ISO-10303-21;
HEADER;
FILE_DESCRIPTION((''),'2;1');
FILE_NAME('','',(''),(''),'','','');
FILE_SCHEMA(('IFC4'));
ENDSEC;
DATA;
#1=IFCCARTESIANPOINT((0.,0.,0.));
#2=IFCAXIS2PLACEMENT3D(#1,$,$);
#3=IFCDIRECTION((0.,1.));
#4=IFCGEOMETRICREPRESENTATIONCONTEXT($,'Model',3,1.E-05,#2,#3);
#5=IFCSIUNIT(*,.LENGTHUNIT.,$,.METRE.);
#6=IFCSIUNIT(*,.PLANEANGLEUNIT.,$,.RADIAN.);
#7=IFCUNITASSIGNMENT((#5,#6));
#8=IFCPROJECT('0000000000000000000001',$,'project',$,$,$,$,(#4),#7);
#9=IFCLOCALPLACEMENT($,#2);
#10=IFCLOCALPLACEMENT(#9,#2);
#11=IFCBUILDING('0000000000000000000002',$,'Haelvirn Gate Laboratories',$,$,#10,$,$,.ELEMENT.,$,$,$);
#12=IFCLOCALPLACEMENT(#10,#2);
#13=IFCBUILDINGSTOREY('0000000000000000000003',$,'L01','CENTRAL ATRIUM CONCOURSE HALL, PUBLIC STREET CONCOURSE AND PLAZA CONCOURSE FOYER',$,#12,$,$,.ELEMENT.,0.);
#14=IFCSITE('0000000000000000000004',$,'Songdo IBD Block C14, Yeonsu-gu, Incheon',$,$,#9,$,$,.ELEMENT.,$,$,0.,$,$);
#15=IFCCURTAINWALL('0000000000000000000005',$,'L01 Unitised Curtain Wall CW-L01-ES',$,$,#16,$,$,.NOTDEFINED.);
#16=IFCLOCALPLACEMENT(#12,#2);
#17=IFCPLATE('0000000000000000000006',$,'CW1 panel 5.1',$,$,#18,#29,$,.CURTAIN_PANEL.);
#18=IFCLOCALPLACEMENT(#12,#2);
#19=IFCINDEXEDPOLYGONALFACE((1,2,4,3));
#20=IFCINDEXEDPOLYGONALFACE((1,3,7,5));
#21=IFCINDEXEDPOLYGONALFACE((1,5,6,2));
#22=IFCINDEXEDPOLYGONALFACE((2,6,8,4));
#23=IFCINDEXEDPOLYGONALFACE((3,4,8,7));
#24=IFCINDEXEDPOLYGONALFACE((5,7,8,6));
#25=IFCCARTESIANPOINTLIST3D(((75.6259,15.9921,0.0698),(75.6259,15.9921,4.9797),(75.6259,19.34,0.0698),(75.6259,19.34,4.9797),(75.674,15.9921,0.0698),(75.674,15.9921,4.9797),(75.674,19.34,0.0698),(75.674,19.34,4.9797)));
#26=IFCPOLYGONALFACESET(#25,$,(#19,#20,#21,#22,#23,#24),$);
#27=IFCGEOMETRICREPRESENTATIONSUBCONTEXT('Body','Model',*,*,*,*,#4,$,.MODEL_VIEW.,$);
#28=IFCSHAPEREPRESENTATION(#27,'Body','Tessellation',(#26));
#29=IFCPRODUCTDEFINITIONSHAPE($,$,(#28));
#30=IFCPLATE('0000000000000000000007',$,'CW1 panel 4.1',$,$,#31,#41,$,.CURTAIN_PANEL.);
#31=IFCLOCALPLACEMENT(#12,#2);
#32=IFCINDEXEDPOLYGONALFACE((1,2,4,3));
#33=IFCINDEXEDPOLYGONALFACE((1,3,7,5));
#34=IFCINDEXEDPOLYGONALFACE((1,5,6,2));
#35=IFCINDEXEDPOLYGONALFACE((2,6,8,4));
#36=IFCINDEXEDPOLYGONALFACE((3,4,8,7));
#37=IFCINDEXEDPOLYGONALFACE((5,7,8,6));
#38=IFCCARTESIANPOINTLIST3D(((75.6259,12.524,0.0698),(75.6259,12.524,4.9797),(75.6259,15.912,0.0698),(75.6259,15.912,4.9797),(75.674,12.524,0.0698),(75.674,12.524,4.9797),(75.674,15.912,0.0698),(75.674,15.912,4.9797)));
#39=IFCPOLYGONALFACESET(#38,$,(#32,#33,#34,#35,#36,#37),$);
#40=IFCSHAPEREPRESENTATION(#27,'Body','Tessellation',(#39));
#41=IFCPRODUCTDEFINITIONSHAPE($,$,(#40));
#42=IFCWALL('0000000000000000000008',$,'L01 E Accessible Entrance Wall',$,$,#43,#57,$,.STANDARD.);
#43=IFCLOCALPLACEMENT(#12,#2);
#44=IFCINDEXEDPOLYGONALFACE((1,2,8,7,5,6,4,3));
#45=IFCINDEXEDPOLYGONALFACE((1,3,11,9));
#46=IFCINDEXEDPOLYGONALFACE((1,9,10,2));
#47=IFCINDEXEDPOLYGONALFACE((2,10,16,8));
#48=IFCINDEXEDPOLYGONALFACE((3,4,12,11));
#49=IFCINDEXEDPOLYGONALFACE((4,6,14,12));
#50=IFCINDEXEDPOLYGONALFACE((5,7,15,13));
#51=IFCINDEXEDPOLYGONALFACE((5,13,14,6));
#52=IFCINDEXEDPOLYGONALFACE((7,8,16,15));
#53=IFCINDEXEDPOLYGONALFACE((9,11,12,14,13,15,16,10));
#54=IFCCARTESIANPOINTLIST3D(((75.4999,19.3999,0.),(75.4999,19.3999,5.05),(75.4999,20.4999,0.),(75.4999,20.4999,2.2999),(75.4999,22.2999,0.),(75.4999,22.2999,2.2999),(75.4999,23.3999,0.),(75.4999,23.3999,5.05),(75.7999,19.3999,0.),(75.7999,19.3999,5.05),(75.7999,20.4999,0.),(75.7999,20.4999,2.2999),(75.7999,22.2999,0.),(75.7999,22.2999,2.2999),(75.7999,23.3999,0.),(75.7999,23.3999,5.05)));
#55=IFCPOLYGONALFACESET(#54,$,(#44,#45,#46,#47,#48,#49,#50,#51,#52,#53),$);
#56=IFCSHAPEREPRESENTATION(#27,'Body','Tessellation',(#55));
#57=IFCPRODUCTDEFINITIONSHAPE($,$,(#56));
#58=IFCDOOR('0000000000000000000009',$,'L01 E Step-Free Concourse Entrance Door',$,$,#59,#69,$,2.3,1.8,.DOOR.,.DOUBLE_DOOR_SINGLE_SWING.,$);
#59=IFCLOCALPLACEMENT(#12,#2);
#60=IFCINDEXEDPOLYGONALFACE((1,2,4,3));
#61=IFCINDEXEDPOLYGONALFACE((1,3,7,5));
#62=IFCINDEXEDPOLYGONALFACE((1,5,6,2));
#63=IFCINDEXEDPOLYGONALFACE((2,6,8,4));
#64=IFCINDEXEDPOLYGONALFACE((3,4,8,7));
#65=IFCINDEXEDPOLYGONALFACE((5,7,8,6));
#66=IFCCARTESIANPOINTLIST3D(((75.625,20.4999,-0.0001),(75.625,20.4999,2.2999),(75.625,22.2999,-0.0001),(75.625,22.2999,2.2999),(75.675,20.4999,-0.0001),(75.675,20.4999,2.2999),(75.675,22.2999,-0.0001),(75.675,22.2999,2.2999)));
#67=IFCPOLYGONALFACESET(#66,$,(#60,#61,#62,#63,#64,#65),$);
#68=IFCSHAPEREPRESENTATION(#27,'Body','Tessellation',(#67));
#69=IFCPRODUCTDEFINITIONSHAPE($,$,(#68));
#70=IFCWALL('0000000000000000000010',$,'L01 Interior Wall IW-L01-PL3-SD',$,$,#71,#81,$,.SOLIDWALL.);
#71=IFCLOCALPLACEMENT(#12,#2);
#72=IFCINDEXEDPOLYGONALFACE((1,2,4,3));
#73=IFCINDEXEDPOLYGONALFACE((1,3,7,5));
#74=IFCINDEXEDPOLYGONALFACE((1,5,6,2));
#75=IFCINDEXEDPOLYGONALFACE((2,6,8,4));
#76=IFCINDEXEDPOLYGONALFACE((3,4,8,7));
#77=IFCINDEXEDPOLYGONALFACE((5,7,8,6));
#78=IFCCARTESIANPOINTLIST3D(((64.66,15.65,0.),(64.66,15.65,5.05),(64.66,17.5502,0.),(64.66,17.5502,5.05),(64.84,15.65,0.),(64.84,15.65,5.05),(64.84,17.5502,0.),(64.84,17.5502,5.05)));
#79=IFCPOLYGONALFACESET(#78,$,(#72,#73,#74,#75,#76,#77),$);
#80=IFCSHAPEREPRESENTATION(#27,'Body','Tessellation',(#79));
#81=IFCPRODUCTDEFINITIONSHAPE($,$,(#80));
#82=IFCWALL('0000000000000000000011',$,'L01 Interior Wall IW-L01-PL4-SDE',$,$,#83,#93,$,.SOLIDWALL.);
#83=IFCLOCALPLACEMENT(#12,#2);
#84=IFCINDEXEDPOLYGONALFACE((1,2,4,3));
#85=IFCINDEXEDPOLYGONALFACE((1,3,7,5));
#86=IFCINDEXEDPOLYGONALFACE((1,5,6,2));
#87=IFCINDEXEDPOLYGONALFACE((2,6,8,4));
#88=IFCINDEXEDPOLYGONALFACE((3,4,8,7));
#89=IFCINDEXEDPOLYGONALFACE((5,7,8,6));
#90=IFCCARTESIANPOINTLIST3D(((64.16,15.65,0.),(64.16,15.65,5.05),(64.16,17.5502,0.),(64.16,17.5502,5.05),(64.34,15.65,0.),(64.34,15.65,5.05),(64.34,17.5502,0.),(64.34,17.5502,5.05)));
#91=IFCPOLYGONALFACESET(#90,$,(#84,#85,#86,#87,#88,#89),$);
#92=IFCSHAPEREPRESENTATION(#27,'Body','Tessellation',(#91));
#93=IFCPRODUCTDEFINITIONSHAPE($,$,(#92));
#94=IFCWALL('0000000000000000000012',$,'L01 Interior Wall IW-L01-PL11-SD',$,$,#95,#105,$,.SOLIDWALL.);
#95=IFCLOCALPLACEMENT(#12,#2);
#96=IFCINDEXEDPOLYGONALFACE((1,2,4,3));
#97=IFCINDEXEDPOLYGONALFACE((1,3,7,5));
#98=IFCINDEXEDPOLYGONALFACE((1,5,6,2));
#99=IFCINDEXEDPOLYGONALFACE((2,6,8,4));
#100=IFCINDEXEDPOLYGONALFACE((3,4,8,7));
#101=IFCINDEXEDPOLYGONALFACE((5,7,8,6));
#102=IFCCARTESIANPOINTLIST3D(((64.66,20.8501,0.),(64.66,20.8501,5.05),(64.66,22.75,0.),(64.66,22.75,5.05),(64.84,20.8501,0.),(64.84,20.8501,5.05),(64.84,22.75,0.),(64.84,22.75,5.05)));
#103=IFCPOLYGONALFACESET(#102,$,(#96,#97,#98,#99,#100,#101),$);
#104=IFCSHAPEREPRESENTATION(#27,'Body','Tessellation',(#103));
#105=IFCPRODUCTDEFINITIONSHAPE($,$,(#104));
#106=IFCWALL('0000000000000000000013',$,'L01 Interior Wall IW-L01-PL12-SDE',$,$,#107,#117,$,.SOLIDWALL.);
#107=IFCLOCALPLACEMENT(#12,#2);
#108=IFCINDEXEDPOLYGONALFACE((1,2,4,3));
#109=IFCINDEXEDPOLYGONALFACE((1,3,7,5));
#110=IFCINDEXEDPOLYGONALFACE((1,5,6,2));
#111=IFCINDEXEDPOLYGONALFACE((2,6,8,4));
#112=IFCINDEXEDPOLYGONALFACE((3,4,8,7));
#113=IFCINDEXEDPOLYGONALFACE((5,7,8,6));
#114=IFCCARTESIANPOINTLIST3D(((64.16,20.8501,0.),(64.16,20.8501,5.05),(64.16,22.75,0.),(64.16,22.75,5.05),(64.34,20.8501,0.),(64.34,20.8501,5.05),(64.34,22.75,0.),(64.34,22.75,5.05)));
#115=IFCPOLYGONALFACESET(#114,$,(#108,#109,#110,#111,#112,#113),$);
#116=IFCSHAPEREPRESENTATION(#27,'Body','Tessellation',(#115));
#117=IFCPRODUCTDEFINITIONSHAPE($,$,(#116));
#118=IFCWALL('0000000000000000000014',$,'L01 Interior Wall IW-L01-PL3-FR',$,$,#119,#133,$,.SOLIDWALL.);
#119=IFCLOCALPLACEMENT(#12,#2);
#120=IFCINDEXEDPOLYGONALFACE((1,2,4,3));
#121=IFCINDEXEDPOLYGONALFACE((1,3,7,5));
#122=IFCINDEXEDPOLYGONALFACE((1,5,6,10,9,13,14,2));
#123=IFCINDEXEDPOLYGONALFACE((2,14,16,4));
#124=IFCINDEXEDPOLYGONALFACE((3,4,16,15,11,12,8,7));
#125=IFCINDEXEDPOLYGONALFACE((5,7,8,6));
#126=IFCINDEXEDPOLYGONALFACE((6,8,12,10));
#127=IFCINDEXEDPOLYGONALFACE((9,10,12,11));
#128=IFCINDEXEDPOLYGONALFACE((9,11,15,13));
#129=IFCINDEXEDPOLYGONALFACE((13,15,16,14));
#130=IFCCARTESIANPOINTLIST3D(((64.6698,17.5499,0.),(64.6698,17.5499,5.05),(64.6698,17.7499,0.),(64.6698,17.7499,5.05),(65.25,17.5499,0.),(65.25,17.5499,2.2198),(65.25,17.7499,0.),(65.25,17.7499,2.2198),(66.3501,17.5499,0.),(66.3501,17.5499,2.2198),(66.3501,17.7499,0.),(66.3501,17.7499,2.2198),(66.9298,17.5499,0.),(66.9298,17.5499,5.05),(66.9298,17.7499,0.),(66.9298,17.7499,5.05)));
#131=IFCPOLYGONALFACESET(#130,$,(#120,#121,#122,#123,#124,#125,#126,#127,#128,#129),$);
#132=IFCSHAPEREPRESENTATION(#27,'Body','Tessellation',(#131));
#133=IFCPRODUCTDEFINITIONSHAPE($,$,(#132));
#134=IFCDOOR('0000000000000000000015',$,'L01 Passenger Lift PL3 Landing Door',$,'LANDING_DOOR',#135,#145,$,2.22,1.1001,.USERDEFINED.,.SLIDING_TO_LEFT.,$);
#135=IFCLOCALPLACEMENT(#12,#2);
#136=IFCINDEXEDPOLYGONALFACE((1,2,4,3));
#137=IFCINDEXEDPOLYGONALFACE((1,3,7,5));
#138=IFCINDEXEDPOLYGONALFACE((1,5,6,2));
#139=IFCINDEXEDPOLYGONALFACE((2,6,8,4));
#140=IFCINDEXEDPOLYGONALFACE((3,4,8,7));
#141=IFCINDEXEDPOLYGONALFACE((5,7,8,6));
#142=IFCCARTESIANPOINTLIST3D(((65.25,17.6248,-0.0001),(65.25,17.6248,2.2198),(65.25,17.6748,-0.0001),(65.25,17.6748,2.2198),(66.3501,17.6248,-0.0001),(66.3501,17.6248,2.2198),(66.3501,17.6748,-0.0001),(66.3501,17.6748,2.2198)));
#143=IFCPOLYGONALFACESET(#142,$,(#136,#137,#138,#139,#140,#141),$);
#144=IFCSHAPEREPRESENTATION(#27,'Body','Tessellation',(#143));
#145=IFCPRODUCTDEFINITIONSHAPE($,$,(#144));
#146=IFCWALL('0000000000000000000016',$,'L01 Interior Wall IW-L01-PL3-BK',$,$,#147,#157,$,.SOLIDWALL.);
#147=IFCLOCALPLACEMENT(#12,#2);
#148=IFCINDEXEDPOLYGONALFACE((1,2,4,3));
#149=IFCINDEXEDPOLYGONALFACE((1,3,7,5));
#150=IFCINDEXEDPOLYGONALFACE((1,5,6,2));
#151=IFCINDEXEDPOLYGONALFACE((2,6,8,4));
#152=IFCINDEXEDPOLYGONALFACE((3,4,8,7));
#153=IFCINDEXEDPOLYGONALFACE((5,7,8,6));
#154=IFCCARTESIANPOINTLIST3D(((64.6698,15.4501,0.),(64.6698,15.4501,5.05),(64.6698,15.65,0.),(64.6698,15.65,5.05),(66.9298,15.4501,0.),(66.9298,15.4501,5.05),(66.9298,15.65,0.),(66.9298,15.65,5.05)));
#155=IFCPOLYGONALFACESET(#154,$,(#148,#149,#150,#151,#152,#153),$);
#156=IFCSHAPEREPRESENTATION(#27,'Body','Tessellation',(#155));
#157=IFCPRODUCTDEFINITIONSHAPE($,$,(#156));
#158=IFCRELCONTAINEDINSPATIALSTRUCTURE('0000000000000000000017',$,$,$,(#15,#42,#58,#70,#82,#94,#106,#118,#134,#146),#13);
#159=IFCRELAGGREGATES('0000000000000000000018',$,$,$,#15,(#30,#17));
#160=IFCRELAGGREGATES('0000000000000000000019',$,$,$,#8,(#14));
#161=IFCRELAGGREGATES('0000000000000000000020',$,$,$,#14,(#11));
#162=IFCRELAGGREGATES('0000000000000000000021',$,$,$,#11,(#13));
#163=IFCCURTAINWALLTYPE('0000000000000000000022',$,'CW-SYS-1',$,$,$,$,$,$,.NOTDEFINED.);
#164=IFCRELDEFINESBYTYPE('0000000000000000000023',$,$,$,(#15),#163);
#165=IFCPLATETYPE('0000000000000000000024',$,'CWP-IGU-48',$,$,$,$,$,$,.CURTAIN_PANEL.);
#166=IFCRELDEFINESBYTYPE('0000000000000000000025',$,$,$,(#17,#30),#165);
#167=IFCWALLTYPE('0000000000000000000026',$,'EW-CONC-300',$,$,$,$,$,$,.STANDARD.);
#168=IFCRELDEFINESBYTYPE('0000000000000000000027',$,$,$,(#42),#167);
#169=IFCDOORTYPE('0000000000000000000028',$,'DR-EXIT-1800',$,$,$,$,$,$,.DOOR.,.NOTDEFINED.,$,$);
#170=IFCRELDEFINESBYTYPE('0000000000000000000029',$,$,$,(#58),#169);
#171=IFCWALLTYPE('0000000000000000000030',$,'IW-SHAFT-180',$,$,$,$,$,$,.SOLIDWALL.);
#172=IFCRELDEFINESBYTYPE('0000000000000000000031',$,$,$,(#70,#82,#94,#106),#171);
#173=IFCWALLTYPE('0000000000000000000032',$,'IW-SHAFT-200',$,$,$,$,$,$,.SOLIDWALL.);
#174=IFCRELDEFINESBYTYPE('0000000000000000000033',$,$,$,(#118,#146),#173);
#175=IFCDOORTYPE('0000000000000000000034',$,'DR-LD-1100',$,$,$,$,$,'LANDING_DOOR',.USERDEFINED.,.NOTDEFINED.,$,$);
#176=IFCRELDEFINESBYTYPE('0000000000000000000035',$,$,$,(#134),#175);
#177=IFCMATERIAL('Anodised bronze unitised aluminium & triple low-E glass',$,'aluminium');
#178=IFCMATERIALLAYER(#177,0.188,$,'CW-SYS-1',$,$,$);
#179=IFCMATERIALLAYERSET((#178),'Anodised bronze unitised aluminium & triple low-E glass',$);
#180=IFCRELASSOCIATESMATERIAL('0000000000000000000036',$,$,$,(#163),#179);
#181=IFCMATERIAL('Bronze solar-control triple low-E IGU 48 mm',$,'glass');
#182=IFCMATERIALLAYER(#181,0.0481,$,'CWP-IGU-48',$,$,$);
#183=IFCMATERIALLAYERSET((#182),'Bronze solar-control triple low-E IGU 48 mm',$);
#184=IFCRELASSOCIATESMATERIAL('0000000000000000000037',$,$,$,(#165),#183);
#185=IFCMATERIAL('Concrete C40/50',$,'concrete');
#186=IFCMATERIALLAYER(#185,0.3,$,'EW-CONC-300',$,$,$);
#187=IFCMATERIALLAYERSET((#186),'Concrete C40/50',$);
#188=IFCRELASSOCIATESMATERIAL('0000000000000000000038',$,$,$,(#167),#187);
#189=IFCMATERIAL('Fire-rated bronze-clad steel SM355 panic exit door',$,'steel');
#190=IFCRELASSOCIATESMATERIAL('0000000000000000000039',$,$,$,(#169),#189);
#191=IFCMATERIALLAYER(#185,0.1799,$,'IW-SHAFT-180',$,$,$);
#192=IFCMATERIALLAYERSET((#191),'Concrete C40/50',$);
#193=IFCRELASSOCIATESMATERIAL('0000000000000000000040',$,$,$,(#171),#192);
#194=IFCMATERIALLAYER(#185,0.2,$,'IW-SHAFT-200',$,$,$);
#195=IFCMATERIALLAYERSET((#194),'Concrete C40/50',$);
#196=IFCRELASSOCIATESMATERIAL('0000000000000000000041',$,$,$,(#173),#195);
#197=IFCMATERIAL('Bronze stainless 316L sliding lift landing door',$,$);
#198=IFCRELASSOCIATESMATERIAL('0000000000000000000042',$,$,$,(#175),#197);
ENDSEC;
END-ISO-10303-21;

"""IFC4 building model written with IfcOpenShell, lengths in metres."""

from ifc_helpers import new_model, si_unit, direction, frame, frame_2d, origin, origin_2d, place, context, subcontext, project, spatial, rectangle, extrude, source, transform, mapped, material, layer, layer_set, type_object, type_shapes, element, fill, aggregate, save


model = new_model("IFC4")

# Units and contexts
model_context = context("Model", 3, precision=1e-05, world=origin(), true_north=direction((0.0, 1.0)))
body_context = subcontext(model_context, "Body", "Model", "MODEL_VIEW")
ifc_project = project(units=[si_unit("LENGTHUNIT", "METRE"), si_unit("PLANEANGLEUNIT", "RADIAN")], contexts=[model_context])

# Site, building, storey
site_placement = place(None, origin())
site = spatial("IfcSite", under=ifc_project, at=site_placement, Name="Songdo IBD Block C14, Yeonsu-gu, Incheon", CompositionType="ELEMENT", RefElevation=0.0)
building_placement = place(site_placement, origin())
building = spatial("IfcBuilding", under=site, at=building_placement, Name="Haelvirn Gate Laboratories", CompositionType="ELEMENT")
storey_placement = place(building_placement, origin())
storey = spatial("IfcBuildingStorey", under=building, at=storey_placement, Name="L01", Description="CENTRAL ATRIUM CONCOURSE HALL, PUBLIC STREET CONCOURSE AND PLAZA CONCOURSE FOYER", CompositionType="ELEMENT", Elevation=0.0)

# Curtain wall, plates
ifc_material_1 = material(Name="Anodised bronze unitised aluminium & triple low-E glass", Category="aluminium")
ifc_layer_1 = layer(ifc_material_1, 0.188, Name="CW-SYS-1")
ifc_layer_set_1 = layer_set([ifc_layer_1], Name="Anodised bronze unitised aluminium & triple low-E glass")
curtain_wall_type = type_object("IfcCurtainWallType", Name="CW-SYS-1", PredefinedType="NOTDEFINED", material=ifc_layer_set_1)
curtain_wall_placement = place(storey_placement, origin())
curtain_wall = element("IfcCurtainWall", 1, at=curtain_wall_placement, inside=storey, type_object=curtain_wall_type, Name="L01 Unitised Curtain Wall CW-L01-ES", PredefinedType="NOTDEFINED")
ifc_material_2 = material(Name="Bronze solar-control triple low-E IGU 48 mm", Category="glass")
ifc_layer_2 = layer(ifc_material_2, 0.0481, Name="CWP-IGU-48")
ifc_layer_set_2 = layer_set([ifc_layer_2], Name="Bronze solar-control triple low-E IGU 48 mm")
plate_type = type_object("IfcPlateType", Name="CWP-IGU-48", PredefinedType="CURTAIN_PANEL", material=ifc_layer_set_2)
shared_shape_1 = source(origin(), body_context, "Body", "SweptSolid", [
    extrude(rectangle(XDim=3.3479, YDim=0.0481, at=origin_2d()), origin(), (0.0, 0.0, 1.0), 4.9099),
])
plate_1_placement = place(storey_placement, frame((75.6499, 17.666, 0.0698), z_axis=(0.0, 0.0, 1.0), x_axis=(0.0, 1.0, 0.0)))
plate_1 = element("IfcPlate", 2, at=plate_1_placement, type_object=plate_type, Name="CW1 panel 5.1", PredefinedType="CURTAIN_PANEL", context=body_context, shape_type="MappedRepresentation", body=[
    mapped(shared_shape_1, transform((0.0, 0.0, 0.0), scale=1.0)),
])
shared_shape_2 = source(origin(), body_context, "Body", "SweptSolid", [
    extrude(rectangle(XDim=3.3879, YDim=0.0481, at=origin_2d()), origin(), (0.0, 0.0, 1.0), 4.9099),
])
type_shapes(plate_type, [shared_shape_1, shared_shape_2])
plate_2_placement = place(storey_placement, frame((75.6499, 14.218, 0.0698), z_axis=(0.0, 0.0, 1.0), x_axis=(0.0, 1.0, 0.0)))
plate_2 = element("IfcPlate", 3, at=plate_2_placement, type_object=plate_type, Name="CW1 panel 4.1", PredefinedType="CURTAIN_PANEL", context=body_context, shape_type="MappedRepresentation", body=[
    mapped(shared_shape_2, transform((0.0, 0.0, 0.0), scale=1.0)),
])
aggregate(curtain_wall, [plate_2, plate_1])

# Wall, opening, door
ifc_material_3 = material(Name="Concrete C40/50", Category="concrete")
ifc_layer_3 = layer(ifc_material_3, 0.3, Name="EW-CONC-300")
ifc_layer_set_3 = layer_set([ifc_layer_3], Name="Concrete C40/50")
wall_type_1 = type_object("IfcWallType", Name="EW-CONC-300", PredefinedType="STANDARD", material=ifc_layer_set_3)
wall_1_placement = place(storey_placement, frame((75.6499, 19.3999, 0.0), z_axis=(0.0, 0.0, 1.0), x_axis=(0.0, 1.0, 0.0)))
wall_1 = element("IfcWall", 4, at=wall_1_placement, inside=storey, type_object=wall_type_1, Name="L01 E Accessible Entrance Wall", PredefinedType="STANDARD", context=body_context, shape_type="SweptSolid", body=[
    extrude(rectangle(XDim=4.0, YDim=0.3, at=frame_2d((2.0, 0.0))), origin(), (0.0, 0.0, 1.0), 5.05),
])
opening_1_placement = place(wall_1_placement, frame((1.1001, 0.0, 0.0)))
opening_1 = element("IfcOpeningElement", 5, at=opening_1_placement, cuts=wall_1, PredefinedType="OPENING", context=body_context, shape_type="SweptSolid", body=[
    extrude(rectangle(XDim=1.8, YDim=2.3, at=frame_2d((0.8999, 1.1499))), frame((0.0, 0.1602, 0.0), z_axis=(0.0, -1.0, 0.0), x_axis=(1.0, 0.0, 0.0)), (0.0, 0.0, 1.0), 0.3201),
])
ifc_material_4 = material(Name="Fire-rated bronze-clad steel SM355 panic exit door", Category="steel")
door_type_1 = type_object("IfcDoorType", Name="DR-EXIT-1800", OperationType="NOTDEFINED", PredefinedType="DOOR", material=ifc_material_4)
shared_shape_3 = source(origin(), body_context, "Body", "SweptSolid", [
    extrude(rectangle(XDim=1.8, YDim=2.3, at=frame_2d((0.8999, 1.1499))), frame((0.0, 0.0249, 0.0), z_axis=(0.0, -1.0, 0.0), x_axis=(1.0, 0.0, 0.0)), (0.0, 0.0, 1.0), 0.05),
])
type_shapes(door_type_1, [shared_shape_3])
door_1_placement = place(opening_1_placement, origin())
door_1 = element("IfcDoor", 6, at=door_1_placement, inside=storey, type_object=door_type_1, Name="L01 E Step-Free Concourse Entrance Door", OperationType="DOUBLE_DOOR_SINGLE_SWING", OverallHeight=2.3, OverallWidth=1.8, PredefinedType="DOOR", context=body_context, shape_type="MappedRepresentation", body=[
    mapped(shared_shape_3, transform((0.0, 0.0, 0.0), scale=1.0)),
])
fill(opening_1, door_1)

# Walls
ifc_layer_4 = layer(ifc_material_3, 0.1799, Name="IW-SHAFT-180")
ifc_layer_set_4 = layer_set([ifc_layer_4], Name="Concrete C40/50")
wall_type_2 = type_object("IfcWallType", Name="IW-SHAFT-180", PredefinedType="SOLIDWALL", material=ifc_layer_set_4)
for number, where, z_axis, x_axis, name in (
    (7, (64.75, 15.6499, 0.0), (0.0, 0.0, 1.0), (0.0, 1.0, 0.0), "L01 Interior Wall IW-L01-PL3-SD"),
    (8, (64.25, 15.6499, 0.0), (0.0, 0.0, 1.0), (0.0, 1.0, 0.0), "L01 Interior Wall IW-L01-PL4-SDE"),
):
    element("IfcWall", number, at=place(storey_placement, frame(where, z_axis=z_axis, x_axis=x_axis)), inside=storey, type_object=wall_type_2, Name=name, PredefinedType="SOLIDWALL", context=body_context, shape_type="SweptSolid", body=[
        extrude(rectangle(XDim=1.9001, YDim=0.1799, at=frame_2d((0.9502, 0.0))), origin(), (0.0, 0.0, 1.0), 5.05),
    ])
for number, where, z_axis, x_axis, name in (
    (9, (64.75, 20.8501, 0.0), (0.0, 0.0, 1.0), (0.0, 1.0, 0.0), "L01 Interior Wall IW-L01-PL11-SD"),
    (10, (64.25, 20.8501, 0.0), (0.0, 0.0, 1.0), (0.0, 1.0, 0.0), "L01 Interior Wall IW-L01-PL12-SDE"),
):
    element("IfcWall", number, at=place(storey_placement, frame(where, z_axis=z_axis, x_axis=x_axis)), inside=storey, type_object=wall_type_2, Name=name, PredefinedType="SOLIDWALL", context=body_context, shape_type="SweptSolid", body=[
        extrude(rectangle(XDim=1.8999, YDim=0.1799, at=frame_2d((0.95, 0.0))), origin(), (0.0, 0.0, 1.0), 5.05),
    ])

# Wall, opening, door
ifc_layer_5 = layer(ifc_material_3, 0.2, Name="IW-SHAFT-200")
ifc_layer_set_5 = layer_set([ifc_layer_5], Name="Concrete C40/50")
wall_type_3 = type_object("IfcWallType", Name="IW-SHAFT-200", PredefinedType="SOLIDWALL", material=ifc_layer_set_5)
wall_2_placement = place(storey_placement, frame((64.6699, 17.6499, 0.0), z_axis=(0.0, 0.0, 1.0), x_axis=(1.0, 0.0, 0.0)))
wall_2 = element("IfcWall", 11, at=wall_2_placement, inside=storey, type_object=wall_type_3, Name="L01 Interior Wall IW-L01-PL3-FR", PredefinedType="SOLIDWALL", context=body_context, shape_type="SweptSolid", body=[
    extrude(rectangle(XDim=2.26, YDim=0.2, at=frame_2d((1.1299, 0.0))), origin(), (0.0, 0.0, 1.0), 5.05),
])
opening_2_placement = place(wall_2_placement, frame((0.5801, 0.0, 0.0)))
opening_2 = element("IfcOpeningElement", 12, at=opening_2_placement, cuts=wall_2, PredefinedType="OPENING", context=body_context, shape_type="SweptSolid", body=[
    extrude(rectangle(XDim=1.1001, YDim=2.22, at=frame_2d((0.55, 1.1099))), frame((0.0, 0.1099, 0.0), z_axis=(0.0, -1.0, 0.0), x_axis=(1.0, 0.0, 0.0)), (0.0, 0.0, 1.0), 0.22),
])
ifc_material_5 = material(Name="Bronze stainless 316L sliding lift landing door")
door_type_2 = type_object("IfcDoorType", Name="DR-LD-1100", ElementType="LANDING_DOOR", OperationType="NOTDEFINED", PredefinedType="USERDEFINED", material=ifc_material_5)
shared_shape_4 = source(origin(), body_context, "Body", "SweptSolid", [
    extrude(rectangle(XDim=1.1001, YDim=2.22, at=frame_2d((0.55, 1.1099))), frame((0.0, 0.0249, 0.0), z_axis=(0.0, -1.0, 0.0), x_axis=(1.0, 0.0, 0.0)), (0.0, 0.0, 1.0), 0.05),
])
type_shapes(door_type_2, [shared_shape_4])
door_2_placement = place(opening_2_placement, origin())
door_2 = element("IfcDoor", 13, at=door_2_placement, inside=storey, type_object=door_type_2, Name="L01 Passenger Lift PL3 Landing Door", ObjectType="LANDING_DOOR", OperationType="SLIDING_TO_LEFT", OverallHeight=2.22, OverallWidth=1.1001, PredefinedType="USERDEFINED", context=body_context, shape_type="MappedRepresentation", body=[
    mapped(shared_shape_4, transform((0.0, 0.0, 0.0), scale=1.0)),
])
fill(opening_2, door_2)

# Wall
wall_3_placement = place(storey_placement, frame((64.6699, 15.55, 0.0), z_axis=(0.0, 0.0, 1.0), x_axis=(1.0, 0.0, 0.0)))
element("IfcWall", 14, at=wall_3_placement, inside=storey, type_object=wall_type_3, Name="L01 Interior Wall IW-L01-PL3-BK", PredefinedType="SOLIDWALL", context=body_context, shape_type="SweptSolid", body=[
    extrude(rectangle(XDim=2.26, YDim=0.2, at=frame_2d((1.1299, 0.0))), origin(), (0.0, 0.0, 1.0), 5.05),
])

save(model, "model.ifc")
